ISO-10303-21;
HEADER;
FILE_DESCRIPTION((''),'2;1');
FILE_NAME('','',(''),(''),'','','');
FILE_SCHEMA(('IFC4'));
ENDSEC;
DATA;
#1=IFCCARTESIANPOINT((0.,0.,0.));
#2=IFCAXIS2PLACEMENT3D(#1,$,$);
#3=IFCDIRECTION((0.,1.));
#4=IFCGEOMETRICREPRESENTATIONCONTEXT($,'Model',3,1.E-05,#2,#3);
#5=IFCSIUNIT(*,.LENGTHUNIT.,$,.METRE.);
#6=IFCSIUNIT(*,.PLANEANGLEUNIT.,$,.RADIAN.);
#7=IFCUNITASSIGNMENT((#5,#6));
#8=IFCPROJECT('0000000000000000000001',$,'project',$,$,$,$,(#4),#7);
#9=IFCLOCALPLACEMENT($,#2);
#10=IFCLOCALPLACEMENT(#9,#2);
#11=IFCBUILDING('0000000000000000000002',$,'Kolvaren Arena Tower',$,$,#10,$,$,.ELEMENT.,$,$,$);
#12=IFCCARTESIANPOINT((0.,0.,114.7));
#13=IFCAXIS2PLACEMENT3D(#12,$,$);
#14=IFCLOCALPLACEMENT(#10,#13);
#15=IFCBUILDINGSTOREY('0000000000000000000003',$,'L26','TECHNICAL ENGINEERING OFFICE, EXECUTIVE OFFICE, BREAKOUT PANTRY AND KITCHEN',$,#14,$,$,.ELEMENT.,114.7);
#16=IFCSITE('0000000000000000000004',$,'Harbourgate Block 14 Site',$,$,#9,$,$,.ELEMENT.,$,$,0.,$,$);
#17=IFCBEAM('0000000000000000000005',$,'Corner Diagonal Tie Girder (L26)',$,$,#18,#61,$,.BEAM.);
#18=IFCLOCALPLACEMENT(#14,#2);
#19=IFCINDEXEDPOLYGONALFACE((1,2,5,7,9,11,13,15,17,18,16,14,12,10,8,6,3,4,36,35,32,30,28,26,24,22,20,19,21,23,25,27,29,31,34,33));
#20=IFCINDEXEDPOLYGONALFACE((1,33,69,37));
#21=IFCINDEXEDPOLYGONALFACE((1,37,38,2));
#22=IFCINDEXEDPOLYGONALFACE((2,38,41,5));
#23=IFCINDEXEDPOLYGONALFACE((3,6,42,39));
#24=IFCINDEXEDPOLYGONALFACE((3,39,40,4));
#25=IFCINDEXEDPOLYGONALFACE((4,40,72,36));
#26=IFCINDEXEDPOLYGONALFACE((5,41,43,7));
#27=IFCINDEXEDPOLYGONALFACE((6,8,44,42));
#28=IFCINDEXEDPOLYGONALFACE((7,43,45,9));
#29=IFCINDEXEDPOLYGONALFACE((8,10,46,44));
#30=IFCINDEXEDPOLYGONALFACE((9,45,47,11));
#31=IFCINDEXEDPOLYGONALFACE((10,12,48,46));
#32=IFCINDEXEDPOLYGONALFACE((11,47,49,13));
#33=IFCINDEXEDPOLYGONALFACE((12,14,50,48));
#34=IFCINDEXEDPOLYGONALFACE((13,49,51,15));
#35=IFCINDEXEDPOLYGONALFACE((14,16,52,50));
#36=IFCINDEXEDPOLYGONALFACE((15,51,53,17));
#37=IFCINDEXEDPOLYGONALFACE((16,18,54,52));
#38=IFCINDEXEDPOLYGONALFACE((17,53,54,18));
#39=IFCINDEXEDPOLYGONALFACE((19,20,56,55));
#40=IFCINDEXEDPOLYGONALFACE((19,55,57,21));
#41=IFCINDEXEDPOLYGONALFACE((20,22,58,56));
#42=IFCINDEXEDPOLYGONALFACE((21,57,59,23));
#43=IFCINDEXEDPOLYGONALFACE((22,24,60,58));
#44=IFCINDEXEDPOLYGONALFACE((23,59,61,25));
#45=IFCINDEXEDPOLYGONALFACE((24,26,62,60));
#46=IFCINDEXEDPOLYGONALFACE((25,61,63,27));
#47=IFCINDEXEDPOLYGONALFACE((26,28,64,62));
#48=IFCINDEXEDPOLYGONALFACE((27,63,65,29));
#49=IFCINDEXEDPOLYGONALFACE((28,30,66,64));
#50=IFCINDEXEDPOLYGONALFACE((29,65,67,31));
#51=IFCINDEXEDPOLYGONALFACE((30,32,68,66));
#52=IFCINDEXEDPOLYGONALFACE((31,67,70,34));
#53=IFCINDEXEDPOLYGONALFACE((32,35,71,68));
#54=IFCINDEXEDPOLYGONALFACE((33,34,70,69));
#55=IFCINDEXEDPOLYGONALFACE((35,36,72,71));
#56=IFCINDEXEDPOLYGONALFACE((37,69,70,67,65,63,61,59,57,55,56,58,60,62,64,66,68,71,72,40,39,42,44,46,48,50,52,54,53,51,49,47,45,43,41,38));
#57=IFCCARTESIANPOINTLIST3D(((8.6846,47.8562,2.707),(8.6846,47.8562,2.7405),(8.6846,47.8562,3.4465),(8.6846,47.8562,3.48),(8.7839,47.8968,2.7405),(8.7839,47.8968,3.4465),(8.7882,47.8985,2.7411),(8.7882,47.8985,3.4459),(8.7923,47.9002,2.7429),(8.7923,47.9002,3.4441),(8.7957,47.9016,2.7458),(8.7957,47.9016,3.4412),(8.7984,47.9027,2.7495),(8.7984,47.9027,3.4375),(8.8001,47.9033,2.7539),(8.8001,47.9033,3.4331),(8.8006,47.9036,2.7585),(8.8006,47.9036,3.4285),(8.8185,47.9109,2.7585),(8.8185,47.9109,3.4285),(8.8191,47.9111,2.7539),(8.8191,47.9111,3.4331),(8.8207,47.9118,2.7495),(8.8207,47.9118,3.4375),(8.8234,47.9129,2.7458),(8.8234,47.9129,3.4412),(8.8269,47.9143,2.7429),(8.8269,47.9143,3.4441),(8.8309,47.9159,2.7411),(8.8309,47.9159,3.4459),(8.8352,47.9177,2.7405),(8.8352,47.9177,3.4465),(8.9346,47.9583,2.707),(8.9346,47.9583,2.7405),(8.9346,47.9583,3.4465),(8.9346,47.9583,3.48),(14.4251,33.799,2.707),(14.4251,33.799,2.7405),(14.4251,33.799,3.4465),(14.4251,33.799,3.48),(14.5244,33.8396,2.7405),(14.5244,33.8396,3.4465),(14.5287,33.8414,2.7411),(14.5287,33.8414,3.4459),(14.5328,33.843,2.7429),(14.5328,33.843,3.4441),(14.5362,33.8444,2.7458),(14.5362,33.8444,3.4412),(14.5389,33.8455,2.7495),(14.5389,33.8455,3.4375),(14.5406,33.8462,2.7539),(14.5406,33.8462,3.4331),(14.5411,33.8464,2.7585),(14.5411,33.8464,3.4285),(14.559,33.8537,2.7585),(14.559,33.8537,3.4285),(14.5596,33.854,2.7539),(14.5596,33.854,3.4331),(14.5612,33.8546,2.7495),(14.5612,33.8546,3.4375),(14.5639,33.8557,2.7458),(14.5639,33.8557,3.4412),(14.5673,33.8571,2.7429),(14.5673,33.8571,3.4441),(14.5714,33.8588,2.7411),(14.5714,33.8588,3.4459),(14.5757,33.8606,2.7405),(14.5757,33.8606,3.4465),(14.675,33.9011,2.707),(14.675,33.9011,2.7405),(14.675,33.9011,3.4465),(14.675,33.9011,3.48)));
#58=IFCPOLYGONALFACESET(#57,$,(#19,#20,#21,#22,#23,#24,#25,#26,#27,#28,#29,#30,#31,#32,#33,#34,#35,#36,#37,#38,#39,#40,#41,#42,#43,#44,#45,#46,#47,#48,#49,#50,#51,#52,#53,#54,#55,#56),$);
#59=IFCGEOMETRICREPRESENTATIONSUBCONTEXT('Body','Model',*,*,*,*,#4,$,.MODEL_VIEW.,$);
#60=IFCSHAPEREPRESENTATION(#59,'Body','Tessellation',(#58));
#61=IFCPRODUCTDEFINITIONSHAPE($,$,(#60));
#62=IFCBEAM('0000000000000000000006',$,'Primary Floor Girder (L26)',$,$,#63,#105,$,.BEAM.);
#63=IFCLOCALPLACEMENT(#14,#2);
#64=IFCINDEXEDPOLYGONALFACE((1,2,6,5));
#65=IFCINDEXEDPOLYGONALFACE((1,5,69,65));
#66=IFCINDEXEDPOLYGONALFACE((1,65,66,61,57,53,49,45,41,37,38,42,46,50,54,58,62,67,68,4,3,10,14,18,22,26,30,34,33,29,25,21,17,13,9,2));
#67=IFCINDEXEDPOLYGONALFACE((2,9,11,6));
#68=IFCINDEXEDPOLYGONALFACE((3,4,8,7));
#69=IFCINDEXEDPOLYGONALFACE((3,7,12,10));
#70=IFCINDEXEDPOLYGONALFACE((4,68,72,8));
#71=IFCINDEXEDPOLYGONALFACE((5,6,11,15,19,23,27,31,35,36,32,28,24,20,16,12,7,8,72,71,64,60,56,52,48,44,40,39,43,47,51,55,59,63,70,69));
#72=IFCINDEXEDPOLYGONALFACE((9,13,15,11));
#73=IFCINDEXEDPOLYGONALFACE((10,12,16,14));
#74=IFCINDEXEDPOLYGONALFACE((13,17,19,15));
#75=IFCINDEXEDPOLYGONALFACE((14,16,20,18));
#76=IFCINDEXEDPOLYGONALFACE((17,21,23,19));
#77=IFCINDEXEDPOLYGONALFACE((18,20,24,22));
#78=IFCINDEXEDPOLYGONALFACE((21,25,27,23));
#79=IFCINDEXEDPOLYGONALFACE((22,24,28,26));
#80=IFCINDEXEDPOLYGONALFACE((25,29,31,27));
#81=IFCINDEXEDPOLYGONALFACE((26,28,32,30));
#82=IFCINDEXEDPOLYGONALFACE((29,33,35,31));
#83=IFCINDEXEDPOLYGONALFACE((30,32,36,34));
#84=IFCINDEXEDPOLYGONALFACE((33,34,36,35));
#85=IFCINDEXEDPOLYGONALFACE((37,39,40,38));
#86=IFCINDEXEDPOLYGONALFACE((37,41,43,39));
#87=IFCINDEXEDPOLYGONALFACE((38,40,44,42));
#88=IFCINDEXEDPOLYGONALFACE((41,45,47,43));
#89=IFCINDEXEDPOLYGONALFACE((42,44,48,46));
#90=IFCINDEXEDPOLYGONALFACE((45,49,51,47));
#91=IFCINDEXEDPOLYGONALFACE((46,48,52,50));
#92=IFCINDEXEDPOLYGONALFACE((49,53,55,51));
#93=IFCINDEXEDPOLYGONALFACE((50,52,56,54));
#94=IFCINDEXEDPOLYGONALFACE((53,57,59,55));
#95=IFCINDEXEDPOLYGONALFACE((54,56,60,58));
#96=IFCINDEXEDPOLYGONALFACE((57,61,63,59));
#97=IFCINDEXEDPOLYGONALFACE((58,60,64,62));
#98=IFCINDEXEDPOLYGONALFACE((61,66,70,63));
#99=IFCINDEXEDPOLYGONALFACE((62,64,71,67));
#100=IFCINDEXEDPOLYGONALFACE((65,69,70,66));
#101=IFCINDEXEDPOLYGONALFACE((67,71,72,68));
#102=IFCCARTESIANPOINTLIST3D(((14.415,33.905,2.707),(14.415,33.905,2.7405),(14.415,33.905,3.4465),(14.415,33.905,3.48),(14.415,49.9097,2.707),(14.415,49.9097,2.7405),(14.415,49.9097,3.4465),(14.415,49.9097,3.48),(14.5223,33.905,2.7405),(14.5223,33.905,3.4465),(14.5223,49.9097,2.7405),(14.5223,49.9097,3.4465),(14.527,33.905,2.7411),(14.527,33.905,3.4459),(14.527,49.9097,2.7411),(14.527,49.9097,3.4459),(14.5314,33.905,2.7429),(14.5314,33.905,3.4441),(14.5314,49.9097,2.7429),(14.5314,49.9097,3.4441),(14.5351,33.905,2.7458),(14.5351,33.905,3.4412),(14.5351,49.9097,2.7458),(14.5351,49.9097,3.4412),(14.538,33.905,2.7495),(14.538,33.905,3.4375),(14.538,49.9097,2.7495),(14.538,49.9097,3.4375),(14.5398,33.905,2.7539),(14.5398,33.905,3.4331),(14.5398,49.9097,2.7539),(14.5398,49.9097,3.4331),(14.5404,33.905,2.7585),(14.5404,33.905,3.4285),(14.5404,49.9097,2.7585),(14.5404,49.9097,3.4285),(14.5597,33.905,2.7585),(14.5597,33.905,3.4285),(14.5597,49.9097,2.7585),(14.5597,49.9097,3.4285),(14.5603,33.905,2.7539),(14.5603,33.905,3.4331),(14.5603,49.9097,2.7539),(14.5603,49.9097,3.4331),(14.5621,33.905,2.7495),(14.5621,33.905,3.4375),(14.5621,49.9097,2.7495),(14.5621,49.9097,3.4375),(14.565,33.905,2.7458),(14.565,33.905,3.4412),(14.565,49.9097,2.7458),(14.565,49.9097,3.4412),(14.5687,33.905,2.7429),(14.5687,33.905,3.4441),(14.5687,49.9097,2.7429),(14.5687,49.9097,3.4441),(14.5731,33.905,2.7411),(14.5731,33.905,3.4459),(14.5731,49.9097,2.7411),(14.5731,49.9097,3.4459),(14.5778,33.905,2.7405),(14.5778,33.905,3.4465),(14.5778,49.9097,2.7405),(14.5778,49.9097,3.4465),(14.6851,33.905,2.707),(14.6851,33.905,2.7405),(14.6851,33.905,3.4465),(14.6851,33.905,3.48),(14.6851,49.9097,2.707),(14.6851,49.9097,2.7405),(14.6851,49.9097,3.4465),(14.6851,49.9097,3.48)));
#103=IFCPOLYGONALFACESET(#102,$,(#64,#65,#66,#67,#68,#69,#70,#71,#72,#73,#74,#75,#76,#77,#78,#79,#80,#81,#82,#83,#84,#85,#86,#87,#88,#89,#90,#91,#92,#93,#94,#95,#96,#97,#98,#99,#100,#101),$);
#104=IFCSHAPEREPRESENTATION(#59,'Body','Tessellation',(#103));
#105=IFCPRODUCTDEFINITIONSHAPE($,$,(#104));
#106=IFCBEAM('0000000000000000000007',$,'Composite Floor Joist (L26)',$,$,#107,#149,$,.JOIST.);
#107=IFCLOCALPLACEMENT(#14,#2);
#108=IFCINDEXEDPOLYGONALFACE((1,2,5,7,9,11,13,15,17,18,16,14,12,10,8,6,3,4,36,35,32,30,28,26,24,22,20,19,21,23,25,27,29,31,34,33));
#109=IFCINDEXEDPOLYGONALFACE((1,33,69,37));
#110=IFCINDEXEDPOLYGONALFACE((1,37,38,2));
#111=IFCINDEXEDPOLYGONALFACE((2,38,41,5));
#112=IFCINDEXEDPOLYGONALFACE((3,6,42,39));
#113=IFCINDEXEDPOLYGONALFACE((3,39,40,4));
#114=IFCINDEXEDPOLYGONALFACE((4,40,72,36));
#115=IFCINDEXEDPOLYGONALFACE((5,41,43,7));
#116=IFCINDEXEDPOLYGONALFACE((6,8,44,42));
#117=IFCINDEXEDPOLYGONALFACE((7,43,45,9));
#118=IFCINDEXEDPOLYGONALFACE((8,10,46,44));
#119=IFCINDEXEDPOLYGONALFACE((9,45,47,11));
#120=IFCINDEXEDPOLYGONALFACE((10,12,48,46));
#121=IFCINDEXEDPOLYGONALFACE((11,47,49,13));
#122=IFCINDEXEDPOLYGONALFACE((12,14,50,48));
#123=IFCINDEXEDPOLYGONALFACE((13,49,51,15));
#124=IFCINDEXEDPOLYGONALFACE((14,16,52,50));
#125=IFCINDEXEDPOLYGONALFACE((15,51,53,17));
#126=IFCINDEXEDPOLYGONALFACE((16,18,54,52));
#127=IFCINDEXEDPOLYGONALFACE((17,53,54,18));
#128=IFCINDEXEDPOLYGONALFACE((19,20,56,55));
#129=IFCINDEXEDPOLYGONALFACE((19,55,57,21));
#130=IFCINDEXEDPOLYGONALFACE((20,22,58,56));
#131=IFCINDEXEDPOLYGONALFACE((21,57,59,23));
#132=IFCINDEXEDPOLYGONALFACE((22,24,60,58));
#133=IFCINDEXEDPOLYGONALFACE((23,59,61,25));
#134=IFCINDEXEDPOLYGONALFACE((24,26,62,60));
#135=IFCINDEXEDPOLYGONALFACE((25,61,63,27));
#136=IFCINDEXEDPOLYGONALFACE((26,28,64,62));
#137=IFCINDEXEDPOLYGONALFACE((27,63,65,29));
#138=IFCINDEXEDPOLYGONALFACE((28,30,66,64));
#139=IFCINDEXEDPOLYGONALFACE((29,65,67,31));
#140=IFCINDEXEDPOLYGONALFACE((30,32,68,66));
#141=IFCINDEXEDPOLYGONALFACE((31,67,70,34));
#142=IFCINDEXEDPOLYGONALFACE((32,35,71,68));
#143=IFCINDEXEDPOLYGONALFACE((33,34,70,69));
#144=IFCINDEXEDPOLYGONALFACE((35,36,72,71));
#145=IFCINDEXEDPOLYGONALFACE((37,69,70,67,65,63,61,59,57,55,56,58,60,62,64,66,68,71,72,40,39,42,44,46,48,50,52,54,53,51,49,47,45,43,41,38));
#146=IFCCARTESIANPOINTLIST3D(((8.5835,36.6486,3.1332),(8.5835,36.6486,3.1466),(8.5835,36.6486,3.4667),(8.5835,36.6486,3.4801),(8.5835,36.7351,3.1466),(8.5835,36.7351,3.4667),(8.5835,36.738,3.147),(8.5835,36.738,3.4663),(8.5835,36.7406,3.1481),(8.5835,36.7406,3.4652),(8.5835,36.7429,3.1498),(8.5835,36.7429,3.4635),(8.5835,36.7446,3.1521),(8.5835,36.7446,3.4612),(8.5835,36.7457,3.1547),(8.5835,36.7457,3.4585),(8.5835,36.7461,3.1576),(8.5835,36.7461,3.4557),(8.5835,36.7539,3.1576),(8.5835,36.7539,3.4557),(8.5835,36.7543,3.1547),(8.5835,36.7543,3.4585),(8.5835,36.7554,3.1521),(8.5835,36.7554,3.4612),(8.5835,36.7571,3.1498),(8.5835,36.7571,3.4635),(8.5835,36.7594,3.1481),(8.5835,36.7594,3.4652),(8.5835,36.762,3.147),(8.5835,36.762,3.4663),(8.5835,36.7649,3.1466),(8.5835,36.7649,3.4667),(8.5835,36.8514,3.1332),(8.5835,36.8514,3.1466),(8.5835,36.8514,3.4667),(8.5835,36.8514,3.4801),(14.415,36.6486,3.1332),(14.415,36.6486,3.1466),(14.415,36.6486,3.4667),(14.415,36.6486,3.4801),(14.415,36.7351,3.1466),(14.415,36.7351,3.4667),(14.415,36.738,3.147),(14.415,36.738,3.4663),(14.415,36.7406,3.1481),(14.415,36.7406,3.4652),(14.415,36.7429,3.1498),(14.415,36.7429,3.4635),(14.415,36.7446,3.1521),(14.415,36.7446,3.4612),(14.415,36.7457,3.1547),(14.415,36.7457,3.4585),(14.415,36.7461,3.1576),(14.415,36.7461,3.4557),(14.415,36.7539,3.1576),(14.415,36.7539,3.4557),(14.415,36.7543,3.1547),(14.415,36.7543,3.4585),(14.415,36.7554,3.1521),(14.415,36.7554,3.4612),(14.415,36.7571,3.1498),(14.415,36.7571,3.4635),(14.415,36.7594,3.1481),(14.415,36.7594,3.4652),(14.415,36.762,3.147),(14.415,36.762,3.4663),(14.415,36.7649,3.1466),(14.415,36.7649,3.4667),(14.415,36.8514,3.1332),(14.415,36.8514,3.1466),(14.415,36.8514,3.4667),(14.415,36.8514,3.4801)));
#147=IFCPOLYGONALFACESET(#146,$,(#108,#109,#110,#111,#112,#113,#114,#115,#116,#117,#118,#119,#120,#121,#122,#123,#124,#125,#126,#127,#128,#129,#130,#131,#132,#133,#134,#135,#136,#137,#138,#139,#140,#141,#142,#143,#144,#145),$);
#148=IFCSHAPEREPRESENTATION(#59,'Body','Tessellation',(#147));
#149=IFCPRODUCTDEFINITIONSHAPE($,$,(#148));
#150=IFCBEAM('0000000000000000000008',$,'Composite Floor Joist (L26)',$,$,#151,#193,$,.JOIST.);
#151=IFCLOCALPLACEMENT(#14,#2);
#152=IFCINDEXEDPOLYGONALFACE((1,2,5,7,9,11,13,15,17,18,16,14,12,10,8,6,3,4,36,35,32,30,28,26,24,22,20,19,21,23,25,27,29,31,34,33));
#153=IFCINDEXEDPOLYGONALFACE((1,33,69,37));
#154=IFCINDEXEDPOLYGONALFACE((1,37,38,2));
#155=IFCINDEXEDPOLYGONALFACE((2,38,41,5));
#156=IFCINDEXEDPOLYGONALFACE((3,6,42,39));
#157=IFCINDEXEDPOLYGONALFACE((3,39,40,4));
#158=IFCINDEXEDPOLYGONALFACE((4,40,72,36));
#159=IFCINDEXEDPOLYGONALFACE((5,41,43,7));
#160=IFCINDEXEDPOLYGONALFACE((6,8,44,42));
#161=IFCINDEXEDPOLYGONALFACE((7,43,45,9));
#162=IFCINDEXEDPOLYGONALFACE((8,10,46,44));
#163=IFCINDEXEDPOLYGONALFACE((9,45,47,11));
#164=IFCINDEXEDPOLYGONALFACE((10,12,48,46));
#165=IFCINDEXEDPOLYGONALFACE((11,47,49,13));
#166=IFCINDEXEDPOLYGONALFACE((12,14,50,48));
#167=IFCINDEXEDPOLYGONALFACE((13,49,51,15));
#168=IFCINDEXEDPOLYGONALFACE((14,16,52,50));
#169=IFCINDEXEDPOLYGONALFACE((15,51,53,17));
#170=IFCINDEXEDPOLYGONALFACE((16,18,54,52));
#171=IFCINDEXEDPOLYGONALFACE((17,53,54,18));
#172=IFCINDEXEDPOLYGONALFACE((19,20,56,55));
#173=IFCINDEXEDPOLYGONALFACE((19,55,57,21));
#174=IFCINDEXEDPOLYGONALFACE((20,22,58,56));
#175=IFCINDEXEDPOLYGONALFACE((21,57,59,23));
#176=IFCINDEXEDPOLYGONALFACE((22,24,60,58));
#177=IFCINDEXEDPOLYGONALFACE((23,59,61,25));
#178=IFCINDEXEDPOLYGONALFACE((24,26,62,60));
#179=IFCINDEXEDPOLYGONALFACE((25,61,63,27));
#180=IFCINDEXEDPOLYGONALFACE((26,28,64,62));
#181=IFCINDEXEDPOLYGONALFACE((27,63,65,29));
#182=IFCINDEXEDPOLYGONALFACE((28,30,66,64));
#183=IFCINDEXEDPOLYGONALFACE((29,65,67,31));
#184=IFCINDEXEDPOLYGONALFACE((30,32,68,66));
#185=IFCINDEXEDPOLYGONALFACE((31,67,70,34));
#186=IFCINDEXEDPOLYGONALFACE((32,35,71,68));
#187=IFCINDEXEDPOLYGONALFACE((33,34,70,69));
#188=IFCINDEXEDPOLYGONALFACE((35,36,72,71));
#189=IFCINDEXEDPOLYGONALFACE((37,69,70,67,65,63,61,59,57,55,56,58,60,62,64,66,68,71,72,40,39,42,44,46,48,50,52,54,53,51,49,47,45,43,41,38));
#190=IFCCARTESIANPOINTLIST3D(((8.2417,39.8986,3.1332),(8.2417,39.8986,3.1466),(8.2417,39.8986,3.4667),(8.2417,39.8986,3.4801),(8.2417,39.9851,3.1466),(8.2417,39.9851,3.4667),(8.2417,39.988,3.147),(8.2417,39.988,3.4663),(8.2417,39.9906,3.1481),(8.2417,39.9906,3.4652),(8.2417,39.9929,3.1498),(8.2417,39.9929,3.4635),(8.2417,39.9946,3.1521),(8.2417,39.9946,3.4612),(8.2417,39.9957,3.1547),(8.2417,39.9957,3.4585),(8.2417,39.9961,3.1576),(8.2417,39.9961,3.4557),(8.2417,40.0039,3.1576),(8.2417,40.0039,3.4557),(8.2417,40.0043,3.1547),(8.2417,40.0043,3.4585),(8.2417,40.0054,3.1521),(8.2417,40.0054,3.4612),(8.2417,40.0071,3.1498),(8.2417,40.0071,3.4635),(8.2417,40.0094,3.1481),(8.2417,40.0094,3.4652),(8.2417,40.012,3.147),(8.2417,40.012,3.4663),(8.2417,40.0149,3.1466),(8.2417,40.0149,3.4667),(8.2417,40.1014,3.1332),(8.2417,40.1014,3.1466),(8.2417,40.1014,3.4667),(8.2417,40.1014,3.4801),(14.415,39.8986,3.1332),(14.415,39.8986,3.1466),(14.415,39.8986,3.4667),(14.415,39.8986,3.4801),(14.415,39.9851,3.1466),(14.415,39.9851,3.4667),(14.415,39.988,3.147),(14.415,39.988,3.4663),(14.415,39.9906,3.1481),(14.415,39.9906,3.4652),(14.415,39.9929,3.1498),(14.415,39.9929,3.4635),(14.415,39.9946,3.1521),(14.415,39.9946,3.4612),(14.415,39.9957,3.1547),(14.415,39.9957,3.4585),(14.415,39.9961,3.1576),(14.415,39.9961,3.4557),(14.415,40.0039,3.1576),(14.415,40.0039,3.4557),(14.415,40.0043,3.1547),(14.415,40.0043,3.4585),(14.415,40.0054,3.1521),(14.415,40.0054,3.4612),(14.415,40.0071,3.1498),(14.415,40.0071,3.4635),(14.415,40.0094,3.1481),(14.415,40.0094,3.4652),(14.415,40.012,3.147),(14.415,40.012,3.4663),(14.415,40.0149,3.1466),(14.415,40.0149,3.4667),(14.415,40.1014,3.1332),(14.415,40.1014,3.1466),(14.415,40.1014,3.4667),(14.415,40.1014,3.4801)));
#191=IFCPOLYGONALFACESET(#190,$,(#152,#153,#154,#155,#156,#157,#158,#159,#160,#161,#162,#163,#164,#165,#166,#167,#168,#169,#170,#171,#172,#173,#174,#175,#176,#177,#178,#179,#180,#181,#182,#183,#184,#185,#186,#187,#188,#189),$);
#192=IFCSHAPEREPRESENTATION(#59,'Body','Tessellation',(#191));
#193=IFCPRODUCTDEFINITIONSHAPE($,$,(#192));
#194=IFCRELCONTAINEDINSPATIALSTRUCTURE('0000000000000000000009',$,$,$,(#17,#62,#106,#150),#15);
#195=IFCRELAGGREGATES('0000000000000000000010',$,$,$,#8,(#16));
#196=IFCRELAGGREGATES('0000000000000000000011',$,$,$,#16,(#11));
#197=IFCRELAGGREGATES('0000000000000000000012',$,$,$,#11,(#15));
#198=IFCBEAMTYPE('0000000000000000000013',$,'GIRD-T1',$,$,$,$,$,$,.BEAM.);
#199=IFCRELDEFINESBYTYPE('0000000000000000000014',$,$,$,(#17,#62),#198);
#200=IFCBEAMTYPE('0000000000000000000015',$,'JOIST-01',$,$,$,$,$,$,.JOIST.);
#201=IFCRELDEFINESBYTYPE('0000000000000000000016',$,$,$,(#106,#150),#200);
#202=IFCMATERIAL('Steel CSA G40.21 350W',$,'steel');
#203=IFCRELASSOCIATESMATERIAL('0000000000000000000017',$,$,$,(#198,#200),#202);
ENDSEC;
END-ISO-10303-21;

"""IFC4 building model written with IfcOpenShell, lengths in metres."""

from ifc_helpers import new_model, si_unit, direction, frame, origin, origin_2d, place, context, subcontext, project, spatial, i_section, extrude, material, material_profile, profile_set, type_object, element, save


model = new_model("IFC4")

# Units and contexts
model_context = context("Model", 3, precision=1e-05, world=origin(), true_north=direction((0.0, 1.0)))
body_context = subcontext(model_context, "Body", "Model", "MODEL_VIEW")
ifc_project = project(units=[si_unit("LENGTHUNIT", "METRE"), si_unit("PLANEANGLEUNIT", "RADIAN")], contexts=[model_context])

# Site, building, storey
site_placement = place(None, origin())
site = spatial("IfcSite", under=ifc_project, at=site_placement, Name="Harbourgate Block 14 Site", CompositionType="ELEMENT", RefElevation=0.0)
building_placement = place(site_placement, origin())
building = spatial("IfcBuilding", under=site, at=building_placement, Name="Kolvaren Arena Tower", CompositionType="ELEMENT")
storey_placement = place(building_placement, frame((0.0, 0.0, 114.7)))
storey = spatial("IfcBuildingStorey", under=building, at=storey_placement, Name="L26", Description="TECHNICAL ENGINEERING OFFICE, EXECUTIVE OFFICE, BREAKOUT PANTRY AND KITCHEN", CompositionType="ELEMENT", Elevation=114.7)

# Beams
ifc_material_1 = material(Name="Steel CSA G40.21 350W", Category="steel")
ifc_material_profile_1 = material_profile(ifc_material_1, i_section(OverallWidth=0.27, OverallDepth=0.7729, WebThickness=0.0193, FlangeThickness=0.0334, FilletRadius=0.0181, at=origin_2d()), Name="W760x257")
ifc_profile_set_1 = profile_set([ifc_material_profile_1], Name="Steel CSA G40.21 350W")
beam_type_1 = type_object("IfcBeamType", Name="GIRD-T1", PredefinedType="BEAM", material=ifc_profile_set_1)
beam_1_placement = place(storey_placement, frame((8.8096, 47.9072, 3.0935), z_axis=(0.378059, -0.925781, 0.0), x_axis=(0.925781, 0.378059, 0.0)))
element("IfcBeam", 1, at=beam_1_placement, inside=storey, type_object=beam_type_1, Name="Corner Diagonal Tie Girder (L26)", PredefinedType="BEAM", context=body_context, shape_type="SweptSolid", body=[
    extrude(i_section(OverallWidth=0.27, OverallDepth=0.7729, WebThickness=0.0193, FlangeThickness=0.0334, FilletRadius=0.0181, at=origin_2d()), origin(), (0.0, 0.0, 1.0), 15.1841),
])
beam_2_placement = place(storey_placement, frame((14.55, 33.905, 3.0935), z_axis=(0.0, 1.0, 0.0), x_axis=(-1.0, 0.0, 0.0)))
element("IfcBeam", 2, at=beam_2_placement, inside=storey, type_object=beam_type_1, Name="Primary Floor Girder (L26)", PredefinedType="BEAM", context=body_context, shape_type="SweptSolid", body=[
    extrude(i_section(OverallWidth=0.27, OverallDepth=0.7729, WebThickness=0.0193, FlangeThickness=0.0334, FilletRadius=0.0181, at=origin_2d()), origin(), (0.0, 0.0, 1.0), 16.0046),
])
ifc_material_profile_2 = material_profile(ifc_material_1, i_section(OverallWidth=0.2029, OverallDepth=0.3469, WebThickness=0.0078, FlangeThickness=0.0134, FilletRadius=0.011, at=origin_2d()), Name="W360x64")
ifc_profile_set_2 = profile_set([ifc_material_profile_2], Name="Steel CSA G40.21 350W")
beam_type_2 = type_object("IfcBeamType", Name="JOIST-01", PredefinedType="JOIST", material=ifc_profile_set_2)
beam_3_placement = place(storey_placement, frame((8.5835, 36.75, 3.3066), z_axis=(1.0, 0.0, 0.0), x_axis=(0.0, 1.0, 0.0)))
element("IfcBeam", 3, at=beam_3_placement, inside=storey, type_object=beam_type_2, Name="Composite Floor Joist (L26)", PredefinedType="JOIST", context=body_context, shape_type="SweptSolid", body=[
    extrude(i_section(OverallWidth=0.2029, OverallDepth=0.3469, WebThickness=0.0078, FlangeThickness=0.0134, FilletRadius=0.011, at=origin_2d()), origin(), (0.0, 0.0, 1.0), 5.8315),
])
beam_4_placement = place(storey_placement, frame((8.2417, 40.0, 3.3066), z_axis=(1.0, 0.0, 0.0), x_axis=(0.0, 1.0, 0.0)))
element("IfcBeam", 4, at=beam_4_placement, inside=storey, type_object=beam_type_2, Name="Composite Floor Joist (L26)", PredefinedType="JOIST", context=body_context, shape_type="SweptSolid", body=[
    extrude(i_section(OverallWidth=0.2029, OverallDepth=0.3469, WebThickness=0.0078, FlangeThickness=0.0134, FilletRadius=0.011, at=origin_2d()), origin(), (0.0, 0.0, 1.0), 6.1733),
])

save(model, "model.ifc")
